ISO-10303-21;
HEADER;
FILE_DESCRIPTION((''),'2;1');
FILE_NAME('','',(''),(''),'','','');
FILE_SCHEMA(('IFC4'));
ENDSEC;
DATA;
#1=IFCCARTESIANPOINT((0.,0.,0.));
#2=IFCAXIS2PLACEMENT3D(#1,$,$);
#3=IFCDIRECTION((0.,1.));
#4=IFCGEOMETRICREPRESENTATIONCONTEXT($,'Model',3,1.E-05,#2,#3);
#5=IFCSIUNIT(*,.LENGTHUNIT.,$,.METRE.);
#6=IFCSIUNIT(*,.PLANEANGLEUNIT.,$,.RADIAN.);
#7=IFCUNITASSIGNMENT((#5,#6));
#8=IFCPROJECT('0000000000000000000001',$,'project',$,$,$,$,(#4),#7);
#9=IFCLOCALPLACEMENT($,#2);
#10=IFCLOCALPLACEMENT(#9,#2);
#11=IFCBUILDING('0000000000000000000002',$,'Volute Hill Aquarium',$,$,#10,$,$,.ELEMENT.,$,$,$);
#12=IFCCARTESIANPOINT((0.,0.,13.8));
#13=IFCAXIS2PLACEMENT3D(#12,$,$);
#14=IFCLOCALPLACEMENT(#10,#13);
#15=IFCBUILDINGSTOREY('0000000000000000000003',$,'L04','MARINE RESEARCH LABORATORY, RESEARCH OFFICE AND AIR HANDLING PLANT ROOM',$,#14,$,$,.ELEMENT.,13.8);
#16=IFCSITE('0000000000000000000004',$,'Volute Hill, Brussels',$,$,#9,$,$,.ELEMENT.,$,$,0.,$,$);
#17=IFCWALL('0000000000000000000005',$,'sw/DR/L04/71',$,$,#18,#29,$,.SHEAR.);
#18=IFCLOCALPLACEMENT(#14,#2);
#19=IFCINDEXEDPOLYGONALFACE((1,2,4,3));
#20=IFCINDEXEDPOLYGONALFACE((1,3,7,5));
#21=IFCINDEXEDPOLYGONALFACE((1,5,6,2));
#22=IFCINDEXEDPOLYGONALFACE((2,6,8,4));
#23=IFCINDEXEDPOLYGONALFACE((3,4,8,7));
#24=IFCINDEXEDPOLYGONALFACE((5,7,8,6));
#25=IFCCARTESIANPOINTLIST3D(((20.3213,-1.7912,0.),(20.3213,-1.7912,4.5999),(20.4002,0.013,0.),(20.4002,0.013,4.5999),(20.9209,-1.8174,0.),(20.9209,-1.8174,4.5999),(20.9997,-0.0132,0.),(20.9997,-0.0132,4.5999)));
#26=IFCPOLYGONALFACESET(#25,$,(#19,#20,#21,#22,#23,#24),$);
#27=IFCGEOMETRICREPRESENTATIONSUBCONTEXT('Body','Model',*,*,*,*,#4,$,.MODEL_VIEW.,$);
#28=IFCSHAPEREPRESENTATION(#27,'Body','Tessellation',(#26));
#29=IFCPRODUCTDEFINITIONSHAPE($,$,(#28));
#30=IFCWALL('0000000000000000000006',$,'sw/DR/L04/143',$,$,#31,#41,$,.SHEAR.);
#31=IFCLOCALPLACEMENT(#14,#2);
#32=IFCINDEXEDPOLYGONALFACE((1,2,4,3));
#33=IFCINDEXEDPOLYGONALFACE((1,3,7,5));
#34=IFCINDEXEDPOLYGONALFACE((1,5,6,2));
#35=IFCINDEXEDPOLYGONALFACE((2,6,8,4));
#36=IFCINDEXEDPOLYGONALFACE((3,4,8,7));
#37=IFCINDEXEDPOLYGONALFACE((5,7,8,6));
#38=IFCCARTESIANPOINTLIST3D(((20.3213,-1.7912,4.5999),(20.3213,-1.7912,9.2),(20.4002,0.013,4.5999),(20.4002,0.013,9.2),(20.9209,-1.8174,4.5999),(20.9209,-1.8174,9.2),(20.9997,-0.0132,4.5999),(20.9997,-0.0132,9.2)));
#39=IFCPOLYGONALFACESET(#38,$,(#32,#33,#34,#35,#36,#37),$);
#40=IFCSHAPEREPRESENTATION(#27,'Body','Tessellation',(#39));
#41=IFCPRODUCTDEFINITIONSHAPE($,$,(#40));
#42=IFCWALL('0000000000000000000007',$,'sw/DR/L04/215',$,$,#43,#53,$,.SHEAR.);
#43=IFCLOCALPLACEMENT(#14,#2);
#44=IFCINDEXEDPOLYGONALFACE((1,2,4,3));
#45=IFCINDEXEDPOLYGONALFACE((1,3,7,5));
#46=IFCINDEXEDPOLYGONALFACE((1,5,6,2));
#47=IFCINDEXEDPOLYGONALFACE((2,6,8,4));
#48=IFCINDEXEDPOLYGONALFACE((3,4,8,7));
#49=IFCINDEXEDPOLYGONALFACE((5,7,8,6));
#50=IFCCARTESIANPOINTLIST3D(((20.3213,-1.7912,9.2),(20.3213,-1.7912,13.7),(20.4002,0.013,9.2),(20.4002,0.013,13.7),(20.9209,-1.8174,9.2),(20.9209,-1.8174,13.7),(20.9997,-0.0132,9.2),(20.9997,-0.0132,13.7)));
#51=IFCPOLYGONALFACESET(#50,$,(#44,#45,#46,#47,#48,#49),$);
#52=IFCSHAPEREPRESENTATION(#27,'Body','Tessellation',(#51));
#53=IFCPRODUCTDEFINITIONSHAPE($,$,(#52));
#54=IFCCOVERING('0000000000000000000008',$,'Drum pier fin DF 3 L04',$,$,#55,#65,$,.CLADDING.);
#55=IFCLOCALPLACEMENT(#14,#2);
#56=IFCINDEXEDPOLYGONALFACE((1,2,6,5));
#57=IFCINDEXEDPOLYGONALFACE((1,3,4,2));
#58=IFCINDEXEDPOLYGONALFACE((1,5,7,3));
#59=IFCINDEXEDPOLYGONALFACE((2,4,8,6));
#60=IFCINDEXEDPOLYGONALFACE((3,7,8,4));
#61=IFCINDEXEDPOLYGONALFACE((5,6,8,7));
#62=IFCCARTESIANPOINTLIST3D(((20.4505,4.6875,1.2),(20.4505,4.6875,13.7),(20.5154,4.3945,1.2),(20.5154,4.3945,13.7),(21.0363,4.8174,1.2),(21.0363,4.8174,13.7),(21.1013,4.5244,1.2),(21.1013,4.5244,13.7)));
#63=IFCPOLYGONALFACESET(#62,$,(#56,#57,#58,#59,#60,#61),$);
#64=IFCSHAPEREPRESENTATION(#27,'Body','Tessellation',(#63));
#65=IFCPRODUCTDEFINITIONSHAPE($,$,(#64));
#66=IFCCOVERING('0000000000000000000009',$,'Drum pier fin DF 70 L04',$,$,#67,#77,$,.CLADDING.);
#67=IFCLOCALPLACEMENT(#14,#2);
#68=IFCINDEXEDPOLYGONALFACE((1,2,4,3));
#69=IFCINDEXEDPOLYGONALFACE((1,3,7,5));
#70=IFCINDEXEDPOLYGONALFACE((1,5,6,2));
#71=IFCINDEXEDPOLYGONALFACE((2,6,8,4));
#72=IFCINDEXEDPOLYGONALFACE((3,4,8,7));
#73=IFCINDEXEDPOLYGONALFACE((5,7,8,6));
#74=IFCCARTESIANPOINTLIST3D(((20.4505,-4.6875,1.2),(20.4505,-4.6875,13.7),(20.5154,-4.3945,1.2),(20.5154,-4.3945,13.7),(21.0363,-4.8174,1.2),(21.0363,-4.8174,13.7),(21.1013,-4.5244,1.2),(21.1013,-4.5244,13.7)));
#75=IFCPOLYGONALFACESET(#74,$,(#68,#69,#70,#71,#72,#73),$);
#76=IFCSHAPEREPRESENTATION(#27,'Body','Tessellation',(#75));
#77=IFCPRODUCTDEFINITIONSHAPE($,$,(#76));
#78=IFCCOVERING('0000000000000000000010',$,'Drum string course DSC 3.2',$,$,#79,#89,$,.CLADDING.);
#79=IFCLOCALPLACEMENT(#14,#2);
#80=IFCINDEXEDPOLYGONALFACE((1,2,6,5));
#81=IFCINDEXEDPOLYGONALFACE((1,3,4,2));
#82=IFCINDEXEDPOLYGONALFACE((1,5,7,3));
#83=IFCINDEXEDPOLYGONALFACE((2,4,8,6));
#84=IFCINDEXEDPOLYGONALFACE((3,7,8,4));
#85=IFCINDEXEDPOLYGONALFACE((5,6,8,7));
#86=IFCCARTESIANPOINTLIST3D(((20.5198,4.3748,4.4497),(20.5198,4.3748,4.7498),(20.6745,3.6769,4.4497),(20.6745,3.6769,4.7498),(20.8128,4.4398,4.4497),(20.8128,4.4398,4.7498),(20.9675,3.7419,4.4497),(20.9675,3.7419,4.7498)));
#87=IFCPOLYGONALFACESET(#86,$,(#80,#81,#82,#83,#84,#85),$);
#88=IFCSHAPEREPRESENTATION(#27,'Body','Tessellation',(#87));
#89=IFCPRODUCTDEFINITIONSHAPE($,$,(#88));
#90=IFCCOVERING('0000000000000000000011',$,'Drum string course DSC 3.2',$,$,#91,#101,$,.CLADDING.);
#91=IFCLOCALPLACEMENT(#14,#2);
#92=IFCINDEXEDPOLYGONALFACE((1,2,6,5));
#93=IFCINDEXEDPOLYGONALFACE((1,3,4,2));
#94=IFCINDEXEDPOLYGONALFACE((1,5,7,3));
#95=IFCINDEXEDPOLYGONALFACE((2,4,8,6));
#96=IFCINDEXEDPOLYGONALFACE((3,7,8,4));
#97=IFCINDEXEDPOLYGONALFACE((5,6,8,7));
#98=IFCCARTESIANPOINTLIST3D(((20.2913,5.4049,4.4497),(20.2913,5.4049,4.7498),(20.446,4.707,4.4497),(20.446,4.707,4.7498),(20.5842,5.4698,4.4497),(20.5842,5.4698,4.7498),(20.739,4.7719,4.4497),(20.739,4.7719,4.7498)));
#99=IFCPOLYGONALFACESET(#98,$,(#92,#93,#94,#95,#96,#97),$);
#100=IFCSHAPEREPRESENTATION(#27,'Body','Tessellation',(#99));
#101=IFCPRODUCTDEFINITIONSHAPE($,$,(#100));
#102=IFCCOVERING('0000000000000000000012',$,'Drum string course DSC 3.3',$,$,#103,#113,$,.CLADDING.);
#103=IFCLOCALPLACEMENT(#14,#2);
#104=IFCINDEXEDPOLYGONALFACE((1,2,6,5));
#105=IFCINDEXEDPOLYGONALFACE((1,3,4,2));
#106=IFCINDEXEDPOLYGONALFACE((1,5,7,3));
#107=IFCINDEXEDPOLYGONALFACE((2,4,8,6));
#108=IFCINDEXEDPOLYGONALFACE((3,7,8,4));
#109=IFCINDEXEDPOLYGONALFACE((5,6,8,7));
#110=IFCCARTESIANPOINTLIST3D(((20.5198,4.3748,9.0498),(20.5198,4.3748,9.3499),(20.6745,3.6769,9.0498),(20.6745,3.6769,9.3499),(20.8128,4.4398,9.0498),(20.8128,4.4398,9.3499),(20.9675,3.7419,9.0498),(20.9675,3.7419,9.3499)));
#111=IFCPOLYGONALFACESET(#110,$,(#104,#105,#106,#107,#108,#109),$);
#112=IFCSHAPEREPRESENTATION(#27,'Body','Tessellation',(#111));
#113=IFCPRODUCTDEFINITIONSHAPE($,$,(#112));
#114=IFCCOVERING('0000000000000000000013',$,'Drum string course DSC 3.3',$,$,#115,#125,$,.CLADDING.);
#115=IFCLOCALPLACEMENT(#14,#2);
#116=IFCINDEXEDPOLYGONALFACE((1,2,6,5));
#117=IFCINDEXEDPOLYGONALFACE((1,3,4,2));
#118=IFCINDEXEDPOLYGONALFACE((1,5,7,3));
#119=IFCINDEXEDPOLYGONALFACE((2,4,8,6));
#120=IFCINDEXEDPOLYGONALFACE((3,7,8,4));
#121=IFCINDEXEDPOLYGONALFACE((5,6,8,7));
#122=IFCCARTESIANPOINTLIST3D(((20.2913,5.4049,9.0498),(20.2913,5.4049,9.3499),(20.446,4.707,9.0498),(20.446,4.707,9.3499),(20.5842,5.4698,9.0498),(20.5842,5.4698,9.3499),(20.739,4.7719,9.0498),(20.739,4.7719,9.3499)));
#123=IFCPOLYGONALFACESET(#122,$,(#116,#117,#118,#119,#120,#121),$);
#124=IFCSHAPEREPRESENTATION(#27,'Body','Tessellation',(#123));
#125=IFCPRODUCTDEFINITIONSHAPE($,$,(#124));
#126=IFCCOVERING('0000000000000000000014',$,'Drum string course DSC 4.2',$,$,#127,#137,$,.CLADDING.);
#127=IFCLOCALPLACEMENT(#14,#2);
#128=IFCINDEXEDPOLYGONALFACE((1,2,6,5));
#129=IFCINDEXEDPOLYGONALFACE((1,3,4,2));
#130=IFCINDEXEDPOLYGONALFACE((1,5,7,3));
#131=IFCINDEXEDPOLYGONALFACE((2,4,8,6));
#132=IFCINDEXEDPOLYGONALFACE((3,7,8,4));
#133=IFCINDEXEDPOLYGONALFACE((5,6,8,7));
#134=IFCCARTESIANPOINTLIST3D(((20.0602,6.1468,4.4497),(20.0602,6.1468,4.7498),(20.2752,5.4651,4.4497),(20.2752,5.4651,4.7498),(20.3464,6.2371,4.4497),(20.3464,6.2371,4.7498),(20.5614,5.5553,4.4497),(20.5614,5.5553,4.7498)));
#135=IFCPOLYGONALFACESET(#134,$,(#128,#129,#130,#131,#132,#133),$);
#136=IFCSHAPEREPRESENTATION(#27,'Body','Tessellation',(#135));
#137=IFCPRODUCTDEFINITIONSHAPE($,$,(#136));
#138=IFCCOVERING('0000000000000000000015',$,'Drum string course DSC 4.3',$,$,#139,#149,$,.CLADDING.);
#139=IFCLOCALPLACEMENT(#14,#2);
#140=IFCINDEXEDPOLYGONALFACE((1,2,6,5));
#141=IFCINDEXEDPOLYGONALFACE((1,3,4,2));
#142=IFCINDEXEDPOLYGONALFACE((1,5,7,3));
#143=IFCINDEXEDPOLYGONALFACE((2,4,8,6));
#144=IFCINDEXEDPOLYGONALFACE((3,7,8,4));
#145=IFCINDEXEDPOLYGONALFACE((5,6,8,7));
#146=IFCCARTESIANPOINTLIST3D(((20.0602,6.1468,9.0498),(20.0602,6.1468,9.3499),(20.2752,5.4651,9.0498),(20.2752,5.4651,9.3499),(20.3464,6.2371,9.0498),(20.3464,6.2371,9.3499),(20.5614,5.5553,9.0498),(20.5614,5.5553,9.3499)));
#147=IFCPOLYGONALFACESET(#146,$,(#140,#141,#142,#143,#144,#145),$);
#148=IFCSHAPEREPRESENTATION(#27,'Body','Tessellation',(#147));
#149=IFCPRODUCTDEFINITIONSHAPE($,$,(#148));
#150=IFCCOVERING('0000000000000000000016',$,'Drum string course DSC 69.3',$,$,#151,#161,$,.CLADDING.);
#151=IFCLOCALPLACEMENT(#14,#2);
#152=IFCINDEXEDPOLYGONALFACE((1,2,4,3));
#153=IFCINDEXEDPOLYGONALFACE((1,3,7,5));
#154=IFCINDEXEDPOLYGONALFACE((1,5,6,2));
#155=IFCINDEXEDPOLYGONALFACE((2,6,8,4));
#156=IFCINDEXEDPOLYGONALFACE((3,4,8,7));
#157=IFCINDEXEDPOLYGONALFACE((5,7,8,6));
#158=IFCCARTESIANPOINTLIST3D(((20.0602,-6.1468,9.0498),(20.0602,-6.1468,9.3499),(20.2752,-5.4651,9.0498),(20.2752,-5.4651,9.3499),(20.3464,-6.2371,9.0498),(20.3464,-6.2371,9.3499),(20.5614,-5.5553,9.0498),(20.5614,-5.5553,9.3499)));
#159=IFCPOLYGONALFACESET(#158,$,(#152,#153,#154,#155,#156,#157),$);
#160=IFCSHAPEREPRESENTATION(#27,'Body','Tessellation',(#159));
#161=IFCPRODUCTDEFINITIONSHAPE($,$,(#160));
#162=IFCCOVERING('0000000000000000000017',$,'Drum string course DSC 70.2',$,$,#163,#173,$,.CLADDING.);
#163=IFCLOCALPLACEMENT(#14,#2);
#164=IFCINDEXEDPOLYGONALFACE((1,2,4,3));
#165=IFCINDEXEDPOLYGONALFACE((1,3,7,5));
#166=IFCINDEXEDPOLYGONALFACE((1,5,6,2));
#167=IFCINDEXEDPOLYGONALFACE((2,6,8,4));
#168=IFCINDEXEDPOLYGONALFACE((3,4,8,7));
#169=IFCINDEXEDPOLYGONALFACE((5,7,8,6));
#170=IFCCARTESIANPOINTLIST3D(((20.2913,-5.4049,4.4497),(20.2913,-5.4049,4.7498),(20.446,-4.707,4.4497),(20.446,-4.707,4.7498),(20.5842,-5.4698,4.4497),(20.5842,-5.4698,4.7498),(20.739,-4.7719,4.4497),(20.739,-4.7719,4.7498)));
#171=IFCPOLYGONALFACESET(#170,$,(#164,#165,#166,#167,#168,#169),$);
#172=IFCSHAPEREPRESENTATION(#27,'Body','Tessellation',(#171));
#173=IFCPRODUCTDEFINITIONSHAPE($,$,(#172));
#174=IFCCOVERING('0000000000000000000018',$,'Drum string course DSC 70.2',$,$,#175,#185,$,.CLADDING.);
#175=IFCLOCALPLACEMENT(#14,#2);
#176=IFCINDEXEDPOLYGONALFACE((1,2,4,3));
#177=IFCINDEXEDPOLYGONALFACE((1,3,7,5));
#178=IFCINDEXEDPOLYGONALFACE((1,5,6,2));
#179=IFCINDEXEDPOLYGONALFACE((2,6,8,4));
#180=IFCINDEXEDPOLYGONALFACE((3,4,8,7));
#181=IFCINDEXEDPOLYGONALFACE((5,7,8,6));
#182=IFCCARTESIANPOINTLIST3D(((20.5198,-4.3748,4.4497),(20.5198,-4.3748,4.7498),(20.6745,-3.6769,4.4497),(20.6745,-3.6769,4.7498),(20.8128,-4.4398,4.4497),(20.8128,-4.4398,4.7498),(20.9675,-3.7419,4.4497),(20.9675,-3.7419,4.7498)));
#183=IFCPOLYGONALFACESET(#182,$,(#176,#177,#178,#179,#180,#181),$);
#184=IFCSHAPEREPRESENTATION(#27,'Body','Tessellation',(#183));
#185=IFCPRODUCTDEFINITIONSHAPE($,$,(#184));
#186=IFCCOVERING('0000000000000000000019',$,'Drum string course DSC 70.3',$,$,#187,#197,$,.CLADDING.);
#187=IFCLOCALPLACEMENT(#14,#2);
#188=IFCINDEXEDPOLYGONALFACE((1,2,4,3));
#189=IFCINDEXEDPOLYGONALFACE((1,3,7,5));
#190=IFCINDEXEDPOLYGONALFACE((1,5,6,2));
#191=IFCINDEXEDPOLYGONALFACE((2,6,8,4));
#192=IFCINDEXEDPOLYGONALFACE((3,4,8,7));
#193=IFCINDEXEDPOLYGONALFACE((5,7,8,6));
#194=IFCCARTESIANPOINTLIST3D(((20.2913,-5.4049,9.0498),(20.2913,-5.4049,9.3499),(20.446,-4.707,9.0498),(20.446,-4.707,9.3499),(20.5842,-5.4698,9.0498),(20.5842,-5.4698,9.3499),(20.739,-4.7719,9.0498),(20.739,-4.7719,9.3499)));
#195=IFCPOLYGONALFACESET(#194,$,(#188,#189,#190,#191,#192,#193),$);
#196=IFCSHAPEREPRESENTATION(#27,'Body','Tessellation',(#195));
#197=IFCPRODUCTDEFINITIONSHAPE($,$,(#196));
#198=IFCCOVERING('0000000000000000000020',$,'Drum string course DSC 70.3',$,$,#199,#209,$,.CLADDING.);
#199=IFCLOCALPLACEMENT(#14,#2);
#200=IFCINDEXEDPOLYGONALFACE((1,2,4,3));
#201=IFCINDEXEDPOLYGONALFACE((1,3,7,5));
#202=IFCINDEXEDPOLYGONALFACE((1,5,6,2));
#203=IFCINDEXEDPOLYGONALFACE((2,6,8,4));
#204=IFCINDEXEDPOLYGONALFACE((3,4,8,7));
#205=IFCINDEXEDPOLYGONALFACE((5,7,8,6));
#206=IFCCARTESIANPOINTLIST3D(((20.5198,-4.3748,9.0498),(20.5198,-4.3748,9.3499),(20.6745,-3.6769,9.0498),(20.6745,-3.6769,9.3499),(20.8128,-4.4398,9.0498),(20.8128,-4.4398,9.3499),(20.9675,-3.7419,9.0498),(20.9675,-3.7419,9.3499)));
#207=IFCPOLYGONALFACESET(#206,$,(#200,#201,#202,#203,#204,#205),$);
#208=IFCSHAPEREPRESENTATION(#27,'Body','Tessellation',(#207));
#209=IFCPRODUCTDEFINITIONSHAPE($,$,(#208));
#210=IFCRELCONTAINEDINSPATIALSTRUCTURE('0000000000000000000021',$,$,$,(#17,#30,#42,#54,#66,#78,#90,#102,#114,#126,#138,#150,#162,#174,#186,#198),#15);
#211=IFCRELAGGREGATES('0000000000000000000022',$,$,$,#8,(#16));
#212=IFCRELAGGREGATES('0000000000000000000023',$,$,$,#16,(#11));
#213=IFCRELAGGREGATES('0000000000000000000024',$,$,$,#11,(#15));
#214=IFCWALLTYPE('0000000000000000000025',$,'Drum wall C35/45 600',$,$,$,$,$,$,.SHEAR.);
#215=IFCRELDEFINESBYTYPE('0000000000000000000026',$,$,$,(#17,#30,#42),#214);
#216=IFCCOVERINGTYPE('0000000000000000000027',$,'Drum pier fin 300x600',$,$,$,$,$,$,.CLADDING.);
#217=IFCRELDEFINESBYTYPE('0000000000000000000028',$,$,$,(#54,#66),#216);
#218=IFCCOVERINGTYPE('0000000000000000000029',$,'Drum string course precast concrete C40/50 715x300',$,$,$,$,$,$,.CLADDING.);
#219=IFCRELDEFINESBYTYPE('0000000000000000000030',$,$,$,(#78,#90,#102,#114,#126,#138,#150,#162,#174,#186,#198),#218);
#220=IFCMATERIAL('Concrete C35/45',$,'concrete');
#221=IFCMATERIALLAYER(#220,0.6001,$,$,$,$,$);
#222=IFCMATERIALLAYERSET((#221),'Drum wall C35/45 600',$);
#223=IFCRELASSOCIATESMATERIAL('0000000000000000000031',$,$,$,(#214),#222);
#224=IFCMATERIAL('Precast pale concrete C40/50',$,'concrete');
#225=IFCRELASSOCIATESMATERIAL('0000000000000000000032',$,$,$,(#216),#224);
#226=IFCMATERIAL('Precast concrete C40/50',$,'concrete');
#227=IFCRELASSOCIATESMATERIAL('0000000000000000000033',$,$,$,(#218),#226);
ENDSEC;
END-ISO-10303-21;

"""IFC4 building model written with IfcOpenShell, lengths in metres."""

from ifc_helpers import new_model, si_unit, direction, frame, frame_2d, origin, origin_2d, place, context, subcontext, project, spatial, rectangle, extrude, material, layer, layer_set, type_object, element, save


model = new_model("IFC4")

# Units and contexts
model_context = context("Model", 3, precision=1e-05, world=origin(), true_north=direction((0.0, 1.0)))
body_context = subcontext(model_context, "Body", "Model", "MODEL_VIEW")
ifc_project = project(units=[si_unit("LENGTHUNIT", "METRE"), si_unit("PLANEANGLEUNIT", "RADIAN")], contexts=[model_context])

# Site, building, storey
site_placement = place(None, origin())
site = spatial("IfcSite", under=ifc_project, at=site_placement, Name="Volute Hill, Brussels", CompositionType="ELEMENT", RefElevation=0.0)
building_placement = place(site_placement, origin())
building = spatial("IfcBuilding", under=site, at=building_placement, Name="Volute Hill Aquarium", CompositionType="ELEMENT")
storey_placement = place(building_placement, frame((0.0, 0.0, 13.8)))
storey = spatial("IfcBuildingStorey", under=building, at=storey_placement, Name="L04", Description="MARINE RESEARCH LABORATORY, RESEARCH OFFICE AND AIR HANDLING PLANT ROOM", CompositionType="ELEMENT", Elevation=13.8)

# Walls
ifc_material_1 = material(Name="Concrete C35/45", Category="concrete")
ifc_layer_1 = layer(ifc_material_1, 0.6001)
ifc_layer_set_1 = layer_set([ifc_layer_1], Name="Drum wall C35/45 600")
wall_type = type_object("IfcWallType", Name="Drum wall C35/45 600", PredefinedType="SHEAR", material=ifc_layer_set_1)
wall_1_placement = place(storey_placement, frame((20.6211, -1.8042, 0.0), z_axis=(0.0, 0.0, 1.0), x_axis=(0.043666, 0.999046, 0.0)))
element("IfcWall", 1, at=wall_1_placement, inside=storey, type_object=wall_type, Name="sw/DR/L04/71", PredefinedType="SHEAR", context=body_context, shape_type="SweptSolid", body=[
    extrude(rectangle(XDim=1.8059, YDim=0.6001, at=frame_2d((0.9028, 0.0))), origin(), (0.0, 0.0, 1.0), 4.5999),
])
wall_2_placement = place(storey_placement, frame((20.6211, -1.8042, 4.5999), z_axis=(0.0, 0.0, 1.0), x_axis=(0.043666, 0.999046, 0.0)))
element("IfcWall", 2, at=wall_2_placement, inside=storey, type_object=wall_type, Name="sw/DR/L04/143", PredefinedType="SHEAR", context=body_context, shape_type="SweptSolid", body=[
    extrude(rectangle(XDim=1.8059, YDim=0.6001, at=frame_2d((0.9028, 0.0))), origin(), (0.0, 0.0, 1.0), 4.6001),
])
wall_3_placement = place(storey_placement, frame((20.6211, -1.8042, 9.2), z_axis=(0.0, 0.0, 1.0), x_axis=(0.043666, 0.999046, 0.0)))
element("IfcWall", 3, at=wall_3_placement, inside=storey, type_object=wall_type, Name="sw/DR/L04/215", PredefinedType="SHEAR", context=body_context, shape_type="SweptSolid", body=[
    extrude(rectangle(XDim=1.8059, YDim=0.6001, at=frame_2d((0.9028, 0.0))), origin(), (0.0, 0.0, 1.0), 4.5),
])

# Coverings
ifc_material_2 = material(Name="Precast pale concrete C40/50", Category="concrete")
covering_type_1 = type_object("IfcCoveringType", Name="Drum pier fin 300x600", PredefinedType="CLADDING", material=ifc_material_2)
for number, where, z_axis, x_axis, name in (
    (4, (20.7759, 4.606, 1.2), (0.0, 0.0, 1.0), (-0.21644, 0.976296, 0.0), "Drum pier fin DF 3 L04"),
    (5, (20.7759, -4.606, 1.2), (0.0, 0.0, 1.0), (0.21644, 0.976296, 0.0), "Drum pier fin DF 70 L04"),
):
    element("IfcCovering", number, at=place(storey_placement, frame(where, z_axis=z_axis, x_axis=x_axis)), inside=storey, type_object=covering_type_1, Name=name, PredefinedType="CLADDING", context=body_context, shape_type="SweptSolid", body=[
        extrude(rectangle(XDim=0.3, YDim=0.6001, at=origin_2d()), origin(), (0.0, 0.0, 1.0), 12.5),
    ])
ifc_material_3 = material(Name="Precast concrete C40/50", Category="concrete")
covering_type_2 = type_object("IfcCoveringType", Name="Drum string course precast concrete C40/50 715x300", PredefinedType="CLADDING", material=ifc_material_3)
for number, where, z_axis, x_axis, name in (
    (6, (20.7437, 4.0583, 4.4497), (0.0, 0.0, 1.0), (-0.21644, 0.976296, 0.0), "Drum string course DSC 3.2"),
    (7, (20.5151, 5.0884, 4.4497), (0.0, 0.0, 1.0), (-0.21644, 0.976296, 0.0), "Drum string course DSC 3.2"),
    (8, (20.7437, 4.0583, 9.0498), (0.0, 0.0, 1.0), (-0.21644, 0.976296, 0.0), "Drum string course DSC 3.3"),
    (9, (20.5151, 5.0884, 9.0498), (0.0, 0.0, 1.0), (-0.21644, 0.976296, 0.0), "Drum string course DSC 3.3"),
    (10, (20.3108, 5.8511, 4.4497), (0.0, 0.0, 1.0), (-0.300706, 0.953717, 0.0), "Drum string course DSC 4.2"),
    (11, (20.3108, 5.8511, 9.0498), (0.0, 0.0, 1.0), (-0.300706, 0.953717, 0.0), "Drum string course DSC 4.3"),
    (12, (20.3108, -5.8511, 9.0498), (0.0, 0.0, 1.0), (0.300706, 0.953717, 0.0), "Drum string course DSC 69.3"),
    (13, (20.5151, -5.0884, 4.4497), (0.0, 0.0, 1.0), (0.21644, 0.976296, 0.0), "Drum string course DSC 70.2"),
    (14, (20.7437, -4.0583, 4.4497), (0.0, 0.0, 1.0), (0.21644, 0.976296, 0.0), "Drum string course DSC 70.2"),
    (15, (20.5151, -5.0884, 9.0498), (0.0, 0.0, 1.0), (0.21644, 0.976296, 0.0), "Drum string course DSC 70.3"),
    (16, (20.7437, -4.0583, 9.0498), (0.0, 0.0, 1.0), (0.21644, 0.976296, 0.0), "Drum string course DSC 70.3"),
):
    element("IfcCovering", number, at=place(storey_placement, frame(where, z_axis=z_axis, x_axis=x_axis)), inside=storey, type_object=covering_type_2, Name=name, PredefinedType="CLADDING", context=body_context, shape_type="SweptSolid", body=[
        extrude(rectangle(XDim=0.7148, YDim=0.3, at=origin_2d()), origin(), (0.0, 0.0, 1.0), 0.3),
    ])

save(model, "model.ifc")
